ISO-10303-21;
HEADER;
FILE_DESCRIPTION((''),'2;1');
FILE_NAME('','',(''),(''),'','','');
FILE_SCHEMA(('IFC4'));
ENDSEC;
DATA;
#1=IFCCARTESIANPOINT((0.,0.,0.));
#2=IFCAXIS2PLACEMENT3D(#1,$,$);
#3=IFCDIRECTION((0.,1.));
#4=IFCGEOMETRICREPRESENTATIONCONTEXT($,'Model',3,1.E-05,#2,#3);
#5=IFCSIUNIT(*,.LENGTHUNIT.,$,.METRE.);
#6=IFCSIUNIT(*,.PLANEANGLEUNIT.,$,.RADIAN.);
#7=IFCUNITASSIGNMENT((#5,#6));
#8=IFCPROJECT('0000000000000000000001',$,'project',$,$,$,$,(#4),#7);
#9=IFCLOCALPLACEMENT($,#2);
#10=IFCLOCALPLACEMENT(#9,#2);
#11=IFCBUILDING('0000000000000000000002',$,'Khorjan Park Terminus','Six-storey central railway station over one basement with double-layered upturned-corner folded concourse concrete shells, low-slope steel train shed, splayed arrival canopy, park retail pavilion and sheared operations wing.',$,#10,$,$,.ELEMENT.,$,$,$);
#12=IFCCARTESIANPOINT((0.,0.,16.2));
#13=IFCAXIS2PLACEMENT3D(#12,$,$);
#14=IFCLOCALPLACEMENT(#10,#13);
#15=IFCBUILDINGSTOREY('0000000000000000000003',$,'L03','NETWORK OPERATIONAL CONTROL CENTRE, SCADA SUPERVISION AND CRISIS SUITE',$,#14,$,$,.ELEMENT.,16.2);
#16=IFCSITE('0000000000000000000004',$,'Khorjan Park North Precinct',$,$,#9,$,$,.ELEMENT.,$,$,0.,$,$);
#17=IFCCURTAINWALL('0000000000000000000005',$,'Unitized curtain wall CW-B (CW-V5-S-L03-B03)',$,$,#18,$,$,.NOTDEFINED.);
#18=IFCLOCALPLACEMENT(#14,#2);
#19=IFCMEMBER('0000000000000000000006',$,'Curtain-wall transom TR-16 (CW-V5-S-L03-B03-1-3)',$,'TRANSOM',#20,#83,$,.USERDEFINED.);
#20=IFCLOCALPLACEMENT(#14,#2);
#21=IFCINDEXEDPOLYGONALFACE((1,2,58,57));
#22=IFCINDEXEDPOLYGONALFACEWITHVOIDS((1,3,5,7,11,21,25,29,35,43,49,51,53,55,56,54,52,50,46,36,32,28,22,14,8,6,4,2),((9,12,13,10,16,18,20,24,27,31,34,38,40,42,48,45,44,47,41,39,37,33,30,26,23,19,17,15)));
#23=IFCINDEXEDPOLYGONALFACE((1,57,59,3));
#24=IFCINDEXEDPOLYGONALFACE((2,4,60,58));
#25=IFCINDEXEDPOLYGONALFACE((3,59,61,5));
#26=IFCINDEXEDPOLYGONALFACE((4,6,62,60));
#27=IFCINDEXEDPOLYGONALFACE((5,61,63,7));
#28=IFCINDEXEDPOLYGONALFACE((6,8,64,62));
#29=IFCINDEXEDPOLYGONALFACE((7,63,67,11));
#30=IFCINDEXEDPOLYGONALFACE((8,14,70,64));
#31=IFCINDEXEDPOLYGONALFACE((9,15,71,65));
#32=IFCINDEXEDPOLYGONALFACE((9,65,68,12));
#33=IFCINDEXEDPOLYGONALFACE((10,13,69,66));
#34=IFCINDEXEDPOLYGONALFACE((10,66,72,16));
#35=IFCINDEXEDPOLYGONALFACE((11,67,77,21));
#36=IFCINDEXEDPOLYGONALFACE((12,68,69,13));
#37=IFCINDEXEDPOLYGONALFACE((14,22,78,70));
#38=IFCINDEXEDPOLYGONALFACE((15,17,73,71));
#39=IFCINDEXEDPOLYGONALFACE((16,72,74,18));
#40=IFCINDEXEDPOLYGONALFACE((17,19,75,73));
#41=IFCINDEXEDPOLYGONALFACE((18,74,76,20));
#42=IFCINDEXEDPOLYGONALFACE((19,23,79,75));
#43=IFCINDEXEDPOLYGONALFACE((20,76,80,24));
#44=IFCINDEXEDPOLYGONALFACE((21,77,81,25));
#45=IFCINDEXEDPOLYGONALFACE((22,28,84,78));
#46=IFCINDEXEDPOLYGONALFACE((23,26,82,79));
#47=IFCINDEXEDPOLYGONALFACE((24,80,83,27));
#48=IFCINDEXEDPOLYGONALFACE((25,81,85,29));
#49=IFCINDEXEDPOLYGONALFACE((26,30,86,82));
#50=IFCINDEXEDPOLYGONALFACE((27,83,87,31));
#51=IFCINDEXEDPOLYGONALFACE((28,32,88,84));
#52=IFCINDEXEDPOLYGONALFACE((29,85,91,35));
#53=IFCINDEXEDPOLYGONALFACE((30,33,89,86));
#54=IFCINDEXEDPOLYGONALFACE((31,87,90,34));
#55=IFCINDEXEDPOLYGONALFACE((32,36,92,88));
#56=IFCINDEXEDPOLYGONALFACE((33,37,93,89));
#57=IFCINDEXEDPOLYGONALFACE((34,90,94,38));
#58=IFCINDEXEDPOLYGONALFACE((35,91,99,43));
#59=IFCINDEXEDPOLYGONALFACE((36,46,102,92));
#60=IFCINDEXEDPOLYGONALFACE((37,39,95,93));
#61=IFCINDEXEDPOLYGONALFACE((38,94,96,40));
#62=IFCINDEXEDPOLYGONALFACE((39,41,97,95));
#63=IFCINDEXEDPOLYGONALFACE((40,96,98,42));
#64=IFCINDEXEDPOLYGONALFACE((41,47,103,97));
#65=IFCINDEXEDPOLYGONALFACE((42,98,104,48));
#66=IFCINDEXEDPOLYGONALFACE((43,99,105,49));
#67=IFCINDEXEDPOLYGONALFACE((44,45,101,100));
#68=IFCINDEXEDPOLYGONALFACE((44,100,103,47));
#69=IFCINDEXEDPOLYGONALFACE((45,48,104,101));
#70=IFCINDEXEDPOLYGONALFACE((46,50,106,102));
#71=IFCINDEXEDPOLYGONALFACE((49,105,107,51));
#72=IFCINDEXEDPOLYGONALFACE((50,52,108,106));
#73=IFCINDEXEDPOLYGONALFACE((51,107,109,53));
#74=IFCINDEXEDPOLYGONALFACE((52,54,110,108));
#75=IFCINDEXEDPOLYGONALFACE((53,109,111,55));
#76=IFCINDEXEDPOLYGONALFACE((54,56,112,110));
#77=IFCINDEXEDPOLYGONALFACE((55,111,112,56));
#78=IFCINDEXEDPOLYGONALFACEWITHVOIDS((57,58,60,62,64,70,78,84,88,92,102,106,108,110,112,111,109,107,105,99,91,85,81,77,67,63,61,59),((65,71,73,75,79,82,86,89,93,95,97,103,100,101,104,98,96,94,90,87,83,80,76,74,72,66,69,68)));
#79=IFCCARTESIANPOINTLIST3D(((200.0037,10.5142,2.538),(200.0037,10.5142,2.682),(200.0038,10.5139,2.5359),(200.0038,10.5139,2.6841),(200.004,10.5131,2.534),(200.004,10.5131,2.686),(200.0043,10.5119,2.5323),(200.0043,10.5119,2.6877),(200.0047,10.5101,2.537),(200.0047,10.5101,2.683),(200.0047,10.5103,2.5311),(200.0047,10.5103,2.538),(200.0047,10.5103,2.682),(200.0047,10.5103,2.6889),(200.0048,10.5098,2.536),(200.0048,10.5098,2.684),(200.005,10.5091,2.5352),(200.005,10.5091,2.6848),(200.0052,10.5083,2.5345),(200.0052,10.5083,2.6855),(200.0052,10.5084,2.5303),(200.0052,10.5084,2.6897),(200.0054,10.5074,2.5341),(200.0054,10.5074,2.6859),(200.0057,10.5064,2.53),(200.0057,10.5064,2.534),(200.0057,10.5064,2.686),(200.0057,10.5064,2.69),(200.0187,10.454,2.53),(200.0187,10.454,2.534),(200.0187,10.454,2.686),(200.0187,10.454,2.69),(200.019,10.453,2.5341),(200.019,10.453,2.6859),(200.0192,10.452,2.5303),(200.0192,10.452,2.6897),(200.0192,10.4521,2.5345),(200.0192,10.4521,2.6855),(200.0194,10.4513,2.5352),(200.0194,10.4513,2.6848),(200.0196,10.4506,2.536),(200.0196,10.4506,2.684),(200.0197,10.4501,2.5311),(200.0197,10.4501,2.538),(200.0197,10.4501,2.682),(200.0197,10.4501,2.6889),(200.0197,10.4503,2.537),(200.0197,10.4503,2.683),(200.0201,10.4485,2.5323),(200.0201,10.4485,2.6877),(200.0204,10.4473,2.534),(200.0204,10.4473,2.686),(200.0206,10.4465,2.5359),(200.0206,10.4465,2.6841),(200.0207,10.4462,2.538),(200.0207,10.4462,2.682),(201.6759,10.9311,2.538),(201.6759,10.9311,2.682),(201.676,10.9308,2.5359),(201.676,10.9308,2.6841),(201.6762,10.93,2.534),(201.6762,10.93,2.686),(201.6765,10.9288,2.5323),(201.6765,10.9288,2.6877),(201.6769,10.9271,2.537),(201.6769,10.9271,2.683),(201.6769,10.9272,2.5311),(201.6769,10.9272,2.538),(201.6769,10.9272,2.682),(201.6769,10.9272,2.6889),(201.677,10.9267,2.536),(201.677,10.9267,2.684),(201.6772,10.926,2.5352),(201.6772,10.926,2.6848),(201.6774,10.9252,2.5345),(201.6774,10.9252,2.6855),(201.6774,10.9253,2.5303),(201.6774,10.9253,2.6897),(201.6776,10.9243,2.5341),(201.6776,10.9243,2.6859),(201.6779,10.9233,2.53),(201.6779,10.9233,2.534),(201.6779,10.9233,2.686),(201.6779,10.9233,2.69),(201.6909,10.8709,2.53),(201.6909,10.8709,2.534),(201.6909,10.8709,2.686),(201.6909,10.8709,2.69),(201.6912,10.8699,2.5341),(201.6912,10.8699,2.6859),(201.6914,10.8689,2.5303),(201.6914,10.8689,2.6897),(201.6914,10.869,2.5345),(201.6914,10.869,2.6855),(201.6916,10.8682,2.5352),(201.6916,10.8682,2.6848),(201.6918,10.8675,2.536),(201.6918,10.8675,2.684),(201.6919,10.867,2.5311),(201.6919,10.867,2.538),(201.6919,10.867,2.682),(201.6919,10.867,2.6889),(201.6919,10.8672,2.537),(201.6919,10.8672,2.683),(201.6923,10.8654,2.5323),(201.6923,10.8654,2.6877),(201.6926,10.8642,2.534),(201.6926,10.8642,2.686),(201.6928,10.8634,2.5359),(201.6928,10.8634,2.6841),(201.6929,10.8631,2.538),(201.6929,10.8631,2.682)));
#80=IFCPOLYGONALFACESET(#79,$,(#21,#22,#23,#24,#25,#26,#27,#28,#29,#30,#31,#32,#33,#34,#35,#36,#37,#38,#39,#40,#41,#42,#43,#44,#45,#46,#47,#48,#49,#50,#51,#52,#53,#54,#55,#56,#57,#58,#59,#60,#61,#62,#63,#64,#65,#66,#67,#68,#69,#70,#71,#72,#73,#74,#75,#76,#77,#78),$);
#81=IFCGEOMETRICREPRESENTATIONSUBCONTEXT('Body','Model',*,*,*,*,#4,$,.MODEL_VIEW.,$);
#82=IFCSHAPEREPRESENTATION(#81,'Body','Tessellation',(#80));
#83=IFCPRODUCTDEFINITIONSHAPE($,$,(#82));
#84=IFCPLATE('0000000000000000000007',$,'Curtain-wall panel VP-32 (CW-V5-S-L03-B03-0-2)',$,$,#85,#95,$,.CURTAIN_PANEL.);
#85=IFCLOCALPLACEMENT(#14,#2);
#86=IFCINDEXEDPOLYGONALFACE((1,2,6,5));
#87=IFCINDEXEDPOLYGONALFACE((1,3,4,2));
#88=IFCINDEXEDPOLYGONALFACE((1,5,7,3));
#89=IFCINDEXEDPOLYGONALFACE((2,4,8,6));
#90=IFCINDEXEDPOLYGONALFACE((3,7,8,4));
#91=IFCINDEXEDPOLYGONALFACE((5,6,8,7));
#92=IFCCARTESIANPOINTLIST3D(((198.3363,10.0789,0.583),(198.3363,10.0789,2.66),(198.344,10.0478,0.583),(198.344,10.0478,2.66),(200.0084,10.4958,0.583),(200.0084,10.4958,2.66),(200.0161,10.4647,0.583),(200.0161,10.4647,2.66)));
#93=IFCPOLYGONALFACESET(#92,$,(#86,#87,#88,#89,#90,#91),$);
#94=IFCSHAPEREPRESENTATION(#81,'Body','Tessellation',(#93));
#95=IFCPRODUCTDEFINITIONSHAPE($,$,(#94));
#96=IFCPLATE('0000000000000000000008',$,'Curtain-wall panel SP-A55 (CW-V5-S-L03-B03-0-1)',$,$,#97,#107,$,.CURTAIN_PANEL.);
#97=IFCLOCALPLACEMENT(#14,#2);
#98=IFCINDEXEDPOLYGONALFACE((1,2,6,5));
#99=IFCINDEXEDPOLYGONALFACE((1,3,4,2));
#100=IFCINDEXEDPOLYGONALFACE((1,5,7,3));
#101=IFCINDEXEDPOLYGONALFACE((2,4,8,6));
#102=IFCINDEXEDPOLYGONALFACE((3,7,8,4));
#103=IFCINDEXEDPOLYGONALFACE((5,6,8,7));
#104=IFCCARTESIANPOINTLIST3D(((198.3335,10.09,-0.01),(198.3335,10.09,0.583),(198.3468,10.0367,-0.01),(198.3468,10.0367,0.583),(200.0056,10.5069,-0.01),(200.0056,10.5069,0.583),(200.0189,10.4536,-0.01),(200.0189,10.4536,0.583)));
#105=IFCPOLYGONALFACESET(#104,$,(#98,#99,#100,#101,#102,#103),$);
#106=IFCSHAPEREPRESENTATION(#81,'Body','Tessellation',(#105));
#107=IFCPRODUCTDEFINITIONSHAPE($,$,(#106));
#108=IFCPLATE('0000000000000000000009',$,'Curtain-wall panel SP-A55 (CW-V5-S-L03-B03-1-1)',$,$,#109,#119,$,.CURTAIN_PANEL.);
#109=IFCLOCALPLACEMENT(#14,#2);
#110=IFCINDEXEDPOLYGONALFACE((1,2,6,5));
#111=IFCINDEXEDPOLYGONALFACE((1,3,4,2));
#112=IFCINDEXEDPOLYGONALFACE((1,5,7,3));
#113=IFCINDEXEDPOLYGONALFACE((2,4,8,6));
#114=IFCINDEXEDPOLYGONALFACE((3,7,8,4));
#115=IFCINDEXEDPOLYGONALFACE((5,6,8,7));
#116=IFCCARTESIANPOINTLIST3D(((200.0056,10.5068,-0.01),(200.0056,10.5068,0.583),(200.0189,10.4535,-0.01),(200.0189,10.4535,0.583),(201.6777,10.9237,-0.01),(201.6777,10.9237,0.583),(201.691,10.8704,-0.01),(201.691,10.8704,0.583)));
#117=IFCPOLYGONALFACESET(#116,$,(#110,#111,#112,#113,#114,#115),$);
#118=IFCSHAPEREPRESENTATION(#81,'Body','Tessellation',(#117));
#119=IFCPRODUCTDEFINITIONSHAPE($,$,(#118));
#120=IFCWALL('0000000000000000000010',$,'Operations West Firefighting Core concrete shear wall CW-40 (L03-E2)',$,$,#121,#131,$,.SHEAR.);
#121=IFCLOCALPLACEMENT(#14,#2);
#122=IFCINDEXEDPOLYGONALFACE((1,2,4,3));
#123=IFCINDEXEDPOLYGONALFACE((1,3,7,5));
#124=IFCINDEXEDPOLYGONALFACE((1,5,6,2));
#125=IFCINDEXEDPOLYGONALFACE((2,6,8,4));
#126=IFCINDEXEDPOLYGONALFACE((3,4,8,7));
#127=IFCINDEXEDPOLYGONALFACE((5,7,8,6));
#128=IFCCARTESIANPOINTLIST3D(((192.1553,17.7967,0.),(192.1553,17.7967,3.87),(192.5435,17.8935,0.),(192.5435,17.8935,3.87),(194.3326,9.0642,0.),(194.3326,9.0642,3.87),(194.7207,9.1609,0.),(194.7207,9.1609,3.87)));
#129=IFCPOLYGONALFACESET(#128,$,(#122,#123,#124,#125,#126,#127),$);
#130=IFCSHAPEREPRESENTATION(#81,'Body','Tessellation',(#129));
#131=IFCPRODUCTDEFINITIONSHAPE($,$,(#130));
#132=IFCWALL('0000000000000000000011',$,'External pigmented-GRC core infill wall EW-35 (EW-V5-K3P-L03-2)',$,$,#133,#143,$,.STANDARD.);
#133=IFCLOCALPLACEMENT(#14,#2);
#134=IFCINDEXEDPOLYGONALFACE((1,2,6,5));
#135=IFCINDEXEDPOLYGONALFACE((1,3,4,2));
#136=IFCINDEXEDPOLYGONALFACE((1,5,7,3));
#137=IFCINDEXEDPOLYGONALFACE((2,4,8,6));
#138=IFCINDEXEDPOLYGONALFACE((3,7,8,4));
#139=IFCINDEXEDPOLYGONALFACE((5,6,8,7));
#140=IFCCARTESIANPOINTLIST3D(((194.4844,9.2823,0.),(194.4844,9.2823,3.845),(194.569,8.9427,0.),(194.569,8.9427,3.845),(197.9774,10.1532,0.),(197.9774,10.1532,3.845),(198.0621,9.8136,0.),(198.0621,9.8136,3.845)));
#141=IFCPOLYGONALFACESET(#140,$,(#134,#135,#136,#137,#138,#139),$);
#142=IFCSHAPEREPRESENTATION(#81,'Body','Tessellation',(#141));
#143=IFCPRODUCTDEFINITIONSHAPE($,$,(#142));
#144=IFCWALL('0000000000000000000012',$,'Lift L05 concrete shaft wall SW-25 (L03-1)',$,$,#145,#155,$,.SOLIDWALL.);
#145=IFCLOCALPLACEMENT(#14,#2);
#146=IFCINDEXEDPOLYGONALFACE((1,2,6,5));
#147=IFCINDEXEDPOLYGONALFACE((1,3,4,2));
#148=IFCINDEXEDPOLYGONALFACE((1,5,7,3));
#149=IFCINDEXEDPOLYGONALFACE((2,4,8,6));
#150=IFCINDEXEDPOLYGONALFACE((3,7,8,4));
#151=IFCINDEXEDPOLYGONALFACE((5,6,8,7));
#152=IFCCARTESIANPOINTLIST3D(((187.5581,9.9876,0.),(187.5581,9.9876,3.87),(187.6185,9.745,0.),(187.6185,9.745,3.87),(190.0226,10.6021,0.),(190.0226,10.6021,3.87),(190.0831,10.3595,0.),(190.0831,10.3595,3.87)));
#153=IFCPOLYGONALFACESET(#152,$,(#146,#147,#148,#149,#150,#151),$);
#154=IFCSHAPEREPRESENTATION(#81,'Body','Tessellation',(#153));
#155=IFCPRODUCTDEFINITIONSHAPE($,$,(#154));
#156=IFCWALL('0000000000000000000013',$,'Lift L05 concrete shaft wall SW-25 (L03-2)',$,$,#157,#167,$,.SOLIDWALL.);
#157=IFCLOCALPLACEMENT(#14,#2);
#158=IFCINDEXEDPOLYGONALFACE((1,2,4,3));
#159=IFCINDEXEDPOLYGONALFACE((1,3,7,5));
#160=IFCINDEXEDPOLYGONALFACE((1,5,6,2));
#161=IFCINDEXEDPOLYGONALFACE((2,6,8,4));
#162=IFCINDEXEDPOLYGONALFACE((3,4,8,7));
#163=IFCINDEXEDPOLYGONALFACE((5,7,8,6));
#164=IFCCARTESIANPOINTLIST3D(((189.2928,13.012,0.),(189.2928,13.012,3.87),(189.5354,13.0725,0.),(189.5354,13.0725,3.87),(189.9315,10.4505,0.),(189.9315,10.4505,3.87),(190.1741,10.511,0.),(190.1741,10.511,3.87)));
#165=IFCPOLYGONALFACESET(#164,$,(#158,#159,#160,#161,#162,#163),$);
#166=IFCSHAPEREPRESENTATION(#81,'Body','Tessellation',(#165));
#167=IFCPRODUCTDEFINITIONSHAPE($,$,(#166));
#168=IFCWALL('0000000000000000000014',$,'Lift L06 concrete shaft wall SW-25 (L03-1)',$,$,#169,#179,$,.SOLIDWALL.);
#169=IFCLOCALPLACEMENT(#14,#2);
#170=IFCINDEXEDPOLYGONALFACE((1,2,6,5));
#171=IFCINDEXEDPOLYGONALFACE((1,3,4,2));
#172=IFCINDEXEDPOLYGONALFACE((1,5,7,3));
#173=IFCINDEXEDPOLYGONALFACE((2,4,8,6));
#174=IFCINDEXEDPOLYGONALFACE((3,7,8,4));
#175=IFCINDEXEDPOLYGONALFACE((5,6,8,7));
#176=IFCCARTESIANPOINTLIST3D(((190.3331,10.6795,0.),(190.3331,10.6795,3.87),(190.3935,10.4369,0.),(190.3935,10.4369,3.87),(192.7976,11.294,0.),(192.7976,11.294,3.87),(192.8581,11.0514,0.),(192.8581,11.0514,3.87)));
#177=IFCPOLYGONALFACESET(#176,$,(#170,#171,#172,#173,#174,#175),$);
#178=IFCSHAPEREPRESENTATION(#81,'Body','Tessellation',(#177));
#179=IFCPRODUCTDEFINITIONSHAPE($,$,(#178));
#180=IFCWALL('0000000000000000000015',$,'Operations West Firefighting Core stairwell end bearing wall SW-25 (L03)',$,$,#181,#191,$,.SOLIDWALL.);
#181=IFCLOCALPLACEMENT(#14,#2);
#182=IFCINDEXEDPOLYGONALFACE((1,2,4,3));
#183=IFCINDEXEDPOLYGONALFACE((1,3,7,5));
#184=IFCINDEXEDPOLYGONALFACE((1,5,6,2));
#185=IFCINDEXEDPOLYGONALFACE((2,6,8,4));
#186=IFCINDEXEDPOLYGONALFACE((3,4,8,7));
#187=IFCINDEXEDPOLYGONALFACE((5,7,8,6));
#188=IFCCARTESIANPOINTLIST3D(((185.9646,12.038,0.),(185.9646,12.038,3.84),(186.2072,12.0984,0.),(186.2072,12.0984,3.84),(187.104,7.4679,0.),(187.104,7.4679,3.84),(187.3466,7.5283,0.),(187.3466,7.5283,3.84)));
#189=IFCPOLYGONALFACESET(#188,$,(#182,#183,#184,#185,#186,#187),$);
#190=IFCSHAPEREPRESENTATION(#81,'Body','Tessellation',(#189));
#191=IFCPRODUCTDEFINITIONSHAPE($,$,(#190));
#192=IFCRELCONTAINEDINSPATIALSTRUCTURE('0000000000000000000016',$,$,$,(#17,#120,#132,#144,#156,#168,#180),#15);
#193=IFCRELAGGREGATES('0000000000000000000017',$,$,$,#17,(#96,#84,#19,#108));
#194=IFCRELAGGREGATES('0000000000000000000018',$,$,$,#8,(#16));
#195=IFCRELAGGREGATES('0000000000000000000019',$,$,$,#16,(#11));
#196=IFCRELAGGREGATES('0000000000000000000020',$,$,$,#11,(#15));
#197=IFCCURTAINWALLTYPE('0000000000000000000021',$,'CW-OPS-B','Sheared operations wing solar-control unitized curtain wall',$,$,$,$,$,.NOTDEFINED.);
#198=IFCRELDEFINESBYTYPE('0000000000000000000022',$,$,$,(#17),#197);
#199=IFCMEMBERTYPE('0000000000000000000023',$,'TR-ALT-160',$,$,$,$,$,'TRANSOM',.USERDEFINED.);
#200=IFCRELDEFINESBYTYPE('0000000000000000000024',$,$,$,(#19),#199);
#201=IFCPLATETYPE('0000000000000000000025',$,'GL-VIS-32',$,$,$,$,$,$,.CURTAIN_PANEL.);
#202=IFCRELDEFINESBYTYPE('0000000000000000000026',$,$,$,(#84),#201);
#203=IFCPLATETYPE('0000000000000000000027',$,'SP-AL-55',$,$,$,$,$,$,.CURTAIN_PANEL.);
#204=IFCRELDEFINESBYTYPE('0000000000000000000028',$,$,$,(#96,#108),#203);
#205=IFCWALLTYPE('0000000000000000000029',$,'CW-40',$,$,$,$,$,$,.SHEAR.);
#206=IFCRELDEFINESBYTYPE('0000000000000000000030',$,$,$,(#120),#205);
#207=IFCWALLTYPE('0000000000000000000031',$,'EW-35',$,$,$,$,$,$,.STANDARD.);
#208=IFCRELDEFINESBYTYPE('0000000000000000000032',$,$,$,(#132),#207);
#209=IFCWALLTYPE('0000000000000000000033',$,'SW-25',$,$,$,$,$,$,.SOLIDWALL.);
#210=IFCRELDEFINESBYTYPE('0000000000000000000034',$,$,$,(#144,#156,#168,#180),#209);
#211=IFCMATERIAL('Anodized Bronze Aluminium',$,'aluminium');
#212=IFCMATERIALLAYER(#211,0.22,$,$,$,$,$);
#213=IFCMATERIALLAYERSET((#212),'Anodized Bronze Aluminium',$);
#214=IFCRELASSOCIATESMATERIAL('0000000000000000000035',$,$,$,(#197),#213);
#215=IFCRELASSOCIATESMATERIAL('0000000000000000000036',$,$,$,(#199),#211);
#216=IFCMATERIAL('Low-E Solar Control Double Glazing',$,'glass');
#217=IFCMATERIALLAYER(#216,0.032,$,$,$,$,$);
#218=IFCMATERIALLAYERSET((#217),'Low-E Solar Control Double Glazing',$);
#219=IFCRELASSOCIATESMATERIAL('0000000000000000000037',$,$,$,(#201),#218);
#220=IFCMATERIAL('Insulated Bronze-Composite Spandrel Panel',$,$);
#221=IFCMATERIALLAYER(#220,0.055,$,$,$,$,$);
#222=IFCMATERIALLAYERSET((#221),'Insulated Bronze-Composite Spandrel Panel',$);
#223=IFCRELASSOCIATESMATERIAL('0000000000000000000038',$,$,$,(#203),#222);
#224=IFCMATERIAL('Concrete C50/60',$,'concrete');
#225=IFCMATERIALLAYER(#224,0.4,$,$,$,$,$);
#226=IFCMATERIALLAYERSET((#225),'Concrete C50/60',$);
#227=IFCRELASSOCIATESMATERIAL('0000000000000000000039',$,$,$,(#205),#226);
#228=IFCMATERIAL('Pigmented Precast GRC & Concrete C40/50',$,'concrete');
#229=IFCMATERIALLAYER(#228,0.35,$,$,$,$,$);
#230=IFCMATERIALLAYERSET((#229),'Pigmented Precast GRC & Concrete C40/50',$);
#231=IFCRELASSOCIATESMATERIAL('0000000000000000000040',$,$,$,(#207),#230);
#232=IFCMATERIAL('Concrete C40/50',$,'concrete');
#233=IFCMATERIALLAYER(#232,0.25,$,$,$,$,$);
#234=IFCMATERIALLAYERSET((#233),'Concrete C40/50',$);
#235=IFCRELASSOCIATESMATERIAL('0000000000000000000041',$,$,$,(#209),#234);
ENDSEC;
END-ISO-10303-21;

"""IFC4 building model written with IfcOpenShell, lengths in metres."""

from ifc_helpers import new_model, si_unit, direction, frame, frame_2d, origin, origin_2d, place, context, subcontext, project, spatial, rectangle, hollow_rectangle, extrude, material, layer, layer_set, material_profile, profile_set, type_object, element, aggregate, save


model = new_model("IFC4")

# Units and contexts
model_context = context("Model", 3, precision=1e-05, world=origin(), true_north=direction((0.0, 1.0)))
body_context = subcontext(model_context, "Body", "Model", "MODEL_VIEW")
ifc_project = project(units=[si_unit("LENGTHUNIT", "METRE"), si_unit("PLANEANGLEUNIT", "RADIAN")], contexts=[model_context])

# Site, building, storey
site_placement = place(None, origin())
site = spatial("IfcSite", under=ifc_project, at=site_placement, Name="Khorjan Park North Precinct", CompositionType="ELEMENT", RefElevation=0.0)
building_placement = place(site_placement, origin())
building = spatial("IfcBuilding", under=site, at=building_placement, Name="Khorjan Park Terminus", Description="Six-storey central railway station over one basement with double-layered upturned-corner folded concourse concrete shells, low-slope steel train shed, splayed arrival canopy, park retail pavilion and sheared operations wing.", CompositionType="ELEMENT")
storey_placement = place(building_placement, frame((0.0, 0.0, 16.2)))
storey = spatial("IfcBuildingStorey", under=building, at=storey_placement, Name="L03", Description="NETWORK OPERATIONAL CONTROL CENTRE, SCADA SUPERVISION AND CRISIS SUITE", CompositionType="ELEMENT", Elevation=16.2)

# Shared definitions
ifc_material_1 = material(Name="Concrete C50/60", Category="concrete")

# Shared definitions
ifc_material_2 = material(Name="Concrete C40/50", Category="concrete")

# Curtain wall, member, plates
ifc_material_3 = material(Name="Anodized Bronze Aluminium", Category="aluminium")
ifc_layer_1 = layer(ifc_material_3, 0.22)
ifc_layer_set_1 = layer_set([ifc_layer_1], Name="Anodized Bronze Aluminium")
curtain_wall_type = type_object("IfcCurtainWallType", Name="CW-OPS-B", Description="Sheared operations wing solar-control unitized curtain wall", PredefinedType="NOTDEFINED", material=ifc_layer_set_1)
curtain_wall_placement = place(storey_placement, origin())
curtain_wall = element("IfcCurtainWall", 1, at=curtain_wall_placement, inside=storey, type_object=curtain_wall_type, Name="Unitized curtain wall CW-B (CW-V5-S-L03-B03)", PredefinedType="NOTDEFINED")
ifc_material_profile_1 = material_profile(ifc_material_3, hollow_rectangle(XDim=0.07, YDim=0.16, WallThickness=0.004, InnerFilletRadius=0.004, OuterFilletRadius=0.008, at=origin_2d()), Name="ALT 70x160x4")
ifc_profile_set_1 = profile_set([ifc_material_profile_1], Name="Anodized Bronze Aluminium")
member_type_1 = type_object("IfcMemberType", Name="TR-ALT-160", ElementType="TRANSOM", PredefinedType="USERDEFINED", material=ifc_profile_set_1)
member_1_placement = place(storey_placement, frame((200.0122, 10.4802, 2.61), z_axis=(0.970299, 0.241908, 0.0), x_axis=(-0.241908, 0.970299, 0.0)))
member_1 = element("IfcMember", 2, at=member_1_placement, type_object=member_type_1, Name="Curtain-wall transom TR-16 (CW-V5-S-L03-B03-1-3)", ObjectType="TRANSOM", PredefinedType="USERDEFINED", context=body_context, shape_type="SweptSolid", body=[
    extrude(hollow_rectangle(XDim=0.07, YDim=0.16, WallThickness=0.004, InnerFilletRadius=0.004, OuterFilletRadius=0.008, at=origin_2d()), origin(), (0.0, 0.0, 1.0), 1.7234),
])
ifc_material_4 = material(Name="Low-E Solar Control Double Glazing", Category="glass")
ifc_layer_2 = layer(ifc_material_4, 0.032)
ifc_layer_set_2 = layer_set([ifc_layer_2], Name="Low-E Solar Control Double Glazing")
plate_type_1 = type_object("IfcPlateType", Name="GL-VIS-32", PredefinedType="CURTAIN_PANEL", material=ifc_layer_set_2)
plate_1_placement = place(storey_placement, frame((199.1762, 10.2718, 0.583), z_axis=(0.0, 0.0, 1.0), x_axis=(0.970295, 0.241926, 0.0)))
plate_1 = element("IfcPlate", 3, at=plate_1_placement, type_object=plate_type_1, Name="Curtain-wall panel VP-32 (CW-V5-S-L03-B03-0-2)", PredefinedType="CURTAIN_PANEL", context=body_context, shape_type="SweptSolid", body=[
    extrude(rectangle(XDim=1.7233, YDim=0.032, at=origin_2d()), origin(), (0.0, 0.0, 1.0), 2.077),
])
ifc_material_5 = material(Name="Insulated Bronze-Composite Spandrel Panel")
ifc_layer_3 = layer(ifc_material_5, 0.055)
ifc_layer_set_3 = layer_set([ifc_layer_3], Name="Insulated Bronze-Composite Spandrel Panel")
plate_type_2 = type_object("IfcPlateType", Name="SP-AL-55", PredefinedType="CURTAIN_PANEL", material=ifc_layer_set_3)
plate_2_placement = place(storey_placement, frame((199.1762, 10.2718, -0.01), z_axis=(0.0, 0.0, 1.0), x_axis=(0.970295, 0.241926, 0.0)))
plate_2 = element("IfcPlate", 4, at=plate_2_placement, type_object=plate_type_2, Name="Curtain-wall panel SP-A55 (CW-V5-S-L03-B03-0-1)", PredefinedType="CURTAIN_PANEL", context=body_context, shape_type="SweptSolid", body=[
    extrude(rectangle(XDim=1.7233, YDim=0.055, at=origin_2d()), origin(), (0.0, 0.0, 1.0), 0.593),
])
plate_3_placement = place(storey_placement, frame((200.8483, 10.6886, -0.01), z_axis=(0.0, 0.0, 1.0), x_axis=(0.970295, 0.241926, 0.0)))
plate_3 = element("IfcPlate", 5, at=plate_3_placement, type_object=plate_type_2, Name="Curtain-wall panel SP-A55 (CW-V5-S-L03-B03-1-1)", PredefinedType="CURTAIN_PANEL", context=body_context, shape_type="SweptSolid", body=[
    extrude(rectangle(XDim=1.7233, YDim=0.055, at=origin_2d()), origin(), (0.0, 0.0, 1.0), 0.593),
])
aggregate(curtain_wall, [plate_2, plate_1, member_1, plate_3])

# Walls
ifc_layer_4 = layer(ifc_material_1, 0.4)
ifc_layer_set_4 = layer_set([ifc_layer_4], Name="Concrete C50/60")
wall_type_1 = type_object("IfcWallType", Name="CW-40", PredefinedType="SHEAR", material=ifc_layer_set_4)
wall_1_placement = place(storey_placement, frame((194.5267, 9.1125, 0.0), z_axis=(0.0, 0.0, 1.0), x_axis=(-0.241924, 0.970295, 0.0)))
element("IfcWall", 6, at=wall_1_placement, inside=storey, type_object=wall_type_1, Name="Operations West Firefighting Core concrete shear wall CW-40 (L03-E2)", PredefinedType="SHEAR", context=body_context, shape_type="SweptSolid", body=[
    extrude(rectangle(XDim=8.9999, YDim=0.4, at=frame_2d((4.5, 0.0))), origin(), (0.0, 0.0, 1.0), 3.87),
])
ifc_material_6 = material(Name="Pigmented Precast GRC & Concrete C40/50", Category="concrete")
ifc_layer_5 = layer(ifc_material_6, 0.35)
ifc_layer_set_5 = layer_set([ifc_layer_5], Name="Pigmented Precast GRC & Concrete C40/50")
wall_type_2 = type_object("IfcWallType", Name="EW-35", PredefinedType="STANDARD", material=ifc_layer_set_5)
wall_2_placement = place(storey_placement, frame((194.5267, 9.1125, 0.0), z_axis=(0.0, 0.0, 1.0), x_axis=(0.970298, 0.241915, 0.0)))
element("IfcWall", 7, at=wall_2_placement, inside=storey, type_object=wall_type_2, Name="External pigmented-GRC core infill wall EW-35 (EW-V5-K3P-L03-2)", PredefinedType="STANDARD", context=body_context, shape_type="SweptSolid", body=[
    extrude(rectangle(XDim=3.6, YDim=0.35, at=frame_2d((1.8, 0.0))), origin(), (0.0, 0.0, 1.0), 3.845),
])
ifc_layer_6 = layer(ifc_material_2, 0.25)
ifc_layer_set_6 = layer_set([ifc_layer_6], Name="Concrete C40/50")
wall_type_3 = type_object("IfcWallType", Name="SW-25", PredefinedType="SOLIDWALL", material=ifc_layer_set_6)
wall_3_placement = place(storey_placement, frame((187.5883, 9.8663, 0.0), z_axis=(0.0, 0.0, 1.0), x_axis=(0.970293, 0.241933, 0.0)))
element("IfcWall", 8, at=wall_3_placement, inside=storey, type_object=wall_type_3, Name="Lift L05 concrete shaft wall SW-25 (L03-1)", PredefinedType="SOLIDWALL", context=body_context, shape_type="SweptSolid", body=[
    extrude(rectangle(XDim=2.54, YDim=0.25, at=frame_2d((1.27, 0.0))), origin(), (0.0, 0.0, 1.0), 3.87),
])
wall_4_placement = place(storey_placement, frame((190.0528, 10.4808, 0.0), z_axis=(0.0, 0.0, 1.0), x_axis=(-0.241938, 0.970292, 0.0)))
element("IfcWall", 9, at=wall_4_placement, inside=storey, type_object=wall_type_3, Name="Lift L05 concrete shaft wall SW-25 (L03-2)", PredefinedType="SOLIDWALL", context=body_context, shape_type="SweptSolid", body=[
    extrude(rectangle(XDim=2.6399, YDim=0.25, at=frame_2d((1.3199, 0.0))), origin(), (0.0, 0.0, 1.0), 3.87),
])
wall_5_placement = place(storey_placement, frame((190.3633, 10.5582, 0.0), z_axis=(0.0, 0.0, 1.0), x_axis=(0.970293, 0.241933, 0.0)))
element("IfcWall", 10, at=wall_5_placement, inside=storey, type_object=wall_type_3, Name="Lift L06 concrete shaft wall SW-25 (L03-1)", PredefinedType="SOLIDWALL", context=body_context, shape_type="SweptSolid", body=[
    extrude(rectangle(XDim=2.54, YDim=0.25, at=frame_2d((1.27, 0.0))), origin(), (0.0, 0.0, 1.0), 3.87),
])
wall_6_placement = place(storey_placement, frame((187.2253, 7.4981, 0.0), z_axis=(0.0, 0.0, 1.0), x_axis=(-0.241911, 0.970298, 0.0)))
element("IfcWall", 11, at=wall_6_placement, inside=storey, type_object=wall_type_3, Name="Operations West Firefighting Core stairwell end bearing wall SW-25 (L03)", PredefinedType="SOLIDWALL", context=body_context, shape_type="SweptSolid", body=[
    extrude(rectangle(XDim=4.71, YDim=0.25, at=frame_2d((2.355, 0.0))), origin(), (0.0, 0.0, 1.0), 3.84),
])

save(model, "model.ifc")
